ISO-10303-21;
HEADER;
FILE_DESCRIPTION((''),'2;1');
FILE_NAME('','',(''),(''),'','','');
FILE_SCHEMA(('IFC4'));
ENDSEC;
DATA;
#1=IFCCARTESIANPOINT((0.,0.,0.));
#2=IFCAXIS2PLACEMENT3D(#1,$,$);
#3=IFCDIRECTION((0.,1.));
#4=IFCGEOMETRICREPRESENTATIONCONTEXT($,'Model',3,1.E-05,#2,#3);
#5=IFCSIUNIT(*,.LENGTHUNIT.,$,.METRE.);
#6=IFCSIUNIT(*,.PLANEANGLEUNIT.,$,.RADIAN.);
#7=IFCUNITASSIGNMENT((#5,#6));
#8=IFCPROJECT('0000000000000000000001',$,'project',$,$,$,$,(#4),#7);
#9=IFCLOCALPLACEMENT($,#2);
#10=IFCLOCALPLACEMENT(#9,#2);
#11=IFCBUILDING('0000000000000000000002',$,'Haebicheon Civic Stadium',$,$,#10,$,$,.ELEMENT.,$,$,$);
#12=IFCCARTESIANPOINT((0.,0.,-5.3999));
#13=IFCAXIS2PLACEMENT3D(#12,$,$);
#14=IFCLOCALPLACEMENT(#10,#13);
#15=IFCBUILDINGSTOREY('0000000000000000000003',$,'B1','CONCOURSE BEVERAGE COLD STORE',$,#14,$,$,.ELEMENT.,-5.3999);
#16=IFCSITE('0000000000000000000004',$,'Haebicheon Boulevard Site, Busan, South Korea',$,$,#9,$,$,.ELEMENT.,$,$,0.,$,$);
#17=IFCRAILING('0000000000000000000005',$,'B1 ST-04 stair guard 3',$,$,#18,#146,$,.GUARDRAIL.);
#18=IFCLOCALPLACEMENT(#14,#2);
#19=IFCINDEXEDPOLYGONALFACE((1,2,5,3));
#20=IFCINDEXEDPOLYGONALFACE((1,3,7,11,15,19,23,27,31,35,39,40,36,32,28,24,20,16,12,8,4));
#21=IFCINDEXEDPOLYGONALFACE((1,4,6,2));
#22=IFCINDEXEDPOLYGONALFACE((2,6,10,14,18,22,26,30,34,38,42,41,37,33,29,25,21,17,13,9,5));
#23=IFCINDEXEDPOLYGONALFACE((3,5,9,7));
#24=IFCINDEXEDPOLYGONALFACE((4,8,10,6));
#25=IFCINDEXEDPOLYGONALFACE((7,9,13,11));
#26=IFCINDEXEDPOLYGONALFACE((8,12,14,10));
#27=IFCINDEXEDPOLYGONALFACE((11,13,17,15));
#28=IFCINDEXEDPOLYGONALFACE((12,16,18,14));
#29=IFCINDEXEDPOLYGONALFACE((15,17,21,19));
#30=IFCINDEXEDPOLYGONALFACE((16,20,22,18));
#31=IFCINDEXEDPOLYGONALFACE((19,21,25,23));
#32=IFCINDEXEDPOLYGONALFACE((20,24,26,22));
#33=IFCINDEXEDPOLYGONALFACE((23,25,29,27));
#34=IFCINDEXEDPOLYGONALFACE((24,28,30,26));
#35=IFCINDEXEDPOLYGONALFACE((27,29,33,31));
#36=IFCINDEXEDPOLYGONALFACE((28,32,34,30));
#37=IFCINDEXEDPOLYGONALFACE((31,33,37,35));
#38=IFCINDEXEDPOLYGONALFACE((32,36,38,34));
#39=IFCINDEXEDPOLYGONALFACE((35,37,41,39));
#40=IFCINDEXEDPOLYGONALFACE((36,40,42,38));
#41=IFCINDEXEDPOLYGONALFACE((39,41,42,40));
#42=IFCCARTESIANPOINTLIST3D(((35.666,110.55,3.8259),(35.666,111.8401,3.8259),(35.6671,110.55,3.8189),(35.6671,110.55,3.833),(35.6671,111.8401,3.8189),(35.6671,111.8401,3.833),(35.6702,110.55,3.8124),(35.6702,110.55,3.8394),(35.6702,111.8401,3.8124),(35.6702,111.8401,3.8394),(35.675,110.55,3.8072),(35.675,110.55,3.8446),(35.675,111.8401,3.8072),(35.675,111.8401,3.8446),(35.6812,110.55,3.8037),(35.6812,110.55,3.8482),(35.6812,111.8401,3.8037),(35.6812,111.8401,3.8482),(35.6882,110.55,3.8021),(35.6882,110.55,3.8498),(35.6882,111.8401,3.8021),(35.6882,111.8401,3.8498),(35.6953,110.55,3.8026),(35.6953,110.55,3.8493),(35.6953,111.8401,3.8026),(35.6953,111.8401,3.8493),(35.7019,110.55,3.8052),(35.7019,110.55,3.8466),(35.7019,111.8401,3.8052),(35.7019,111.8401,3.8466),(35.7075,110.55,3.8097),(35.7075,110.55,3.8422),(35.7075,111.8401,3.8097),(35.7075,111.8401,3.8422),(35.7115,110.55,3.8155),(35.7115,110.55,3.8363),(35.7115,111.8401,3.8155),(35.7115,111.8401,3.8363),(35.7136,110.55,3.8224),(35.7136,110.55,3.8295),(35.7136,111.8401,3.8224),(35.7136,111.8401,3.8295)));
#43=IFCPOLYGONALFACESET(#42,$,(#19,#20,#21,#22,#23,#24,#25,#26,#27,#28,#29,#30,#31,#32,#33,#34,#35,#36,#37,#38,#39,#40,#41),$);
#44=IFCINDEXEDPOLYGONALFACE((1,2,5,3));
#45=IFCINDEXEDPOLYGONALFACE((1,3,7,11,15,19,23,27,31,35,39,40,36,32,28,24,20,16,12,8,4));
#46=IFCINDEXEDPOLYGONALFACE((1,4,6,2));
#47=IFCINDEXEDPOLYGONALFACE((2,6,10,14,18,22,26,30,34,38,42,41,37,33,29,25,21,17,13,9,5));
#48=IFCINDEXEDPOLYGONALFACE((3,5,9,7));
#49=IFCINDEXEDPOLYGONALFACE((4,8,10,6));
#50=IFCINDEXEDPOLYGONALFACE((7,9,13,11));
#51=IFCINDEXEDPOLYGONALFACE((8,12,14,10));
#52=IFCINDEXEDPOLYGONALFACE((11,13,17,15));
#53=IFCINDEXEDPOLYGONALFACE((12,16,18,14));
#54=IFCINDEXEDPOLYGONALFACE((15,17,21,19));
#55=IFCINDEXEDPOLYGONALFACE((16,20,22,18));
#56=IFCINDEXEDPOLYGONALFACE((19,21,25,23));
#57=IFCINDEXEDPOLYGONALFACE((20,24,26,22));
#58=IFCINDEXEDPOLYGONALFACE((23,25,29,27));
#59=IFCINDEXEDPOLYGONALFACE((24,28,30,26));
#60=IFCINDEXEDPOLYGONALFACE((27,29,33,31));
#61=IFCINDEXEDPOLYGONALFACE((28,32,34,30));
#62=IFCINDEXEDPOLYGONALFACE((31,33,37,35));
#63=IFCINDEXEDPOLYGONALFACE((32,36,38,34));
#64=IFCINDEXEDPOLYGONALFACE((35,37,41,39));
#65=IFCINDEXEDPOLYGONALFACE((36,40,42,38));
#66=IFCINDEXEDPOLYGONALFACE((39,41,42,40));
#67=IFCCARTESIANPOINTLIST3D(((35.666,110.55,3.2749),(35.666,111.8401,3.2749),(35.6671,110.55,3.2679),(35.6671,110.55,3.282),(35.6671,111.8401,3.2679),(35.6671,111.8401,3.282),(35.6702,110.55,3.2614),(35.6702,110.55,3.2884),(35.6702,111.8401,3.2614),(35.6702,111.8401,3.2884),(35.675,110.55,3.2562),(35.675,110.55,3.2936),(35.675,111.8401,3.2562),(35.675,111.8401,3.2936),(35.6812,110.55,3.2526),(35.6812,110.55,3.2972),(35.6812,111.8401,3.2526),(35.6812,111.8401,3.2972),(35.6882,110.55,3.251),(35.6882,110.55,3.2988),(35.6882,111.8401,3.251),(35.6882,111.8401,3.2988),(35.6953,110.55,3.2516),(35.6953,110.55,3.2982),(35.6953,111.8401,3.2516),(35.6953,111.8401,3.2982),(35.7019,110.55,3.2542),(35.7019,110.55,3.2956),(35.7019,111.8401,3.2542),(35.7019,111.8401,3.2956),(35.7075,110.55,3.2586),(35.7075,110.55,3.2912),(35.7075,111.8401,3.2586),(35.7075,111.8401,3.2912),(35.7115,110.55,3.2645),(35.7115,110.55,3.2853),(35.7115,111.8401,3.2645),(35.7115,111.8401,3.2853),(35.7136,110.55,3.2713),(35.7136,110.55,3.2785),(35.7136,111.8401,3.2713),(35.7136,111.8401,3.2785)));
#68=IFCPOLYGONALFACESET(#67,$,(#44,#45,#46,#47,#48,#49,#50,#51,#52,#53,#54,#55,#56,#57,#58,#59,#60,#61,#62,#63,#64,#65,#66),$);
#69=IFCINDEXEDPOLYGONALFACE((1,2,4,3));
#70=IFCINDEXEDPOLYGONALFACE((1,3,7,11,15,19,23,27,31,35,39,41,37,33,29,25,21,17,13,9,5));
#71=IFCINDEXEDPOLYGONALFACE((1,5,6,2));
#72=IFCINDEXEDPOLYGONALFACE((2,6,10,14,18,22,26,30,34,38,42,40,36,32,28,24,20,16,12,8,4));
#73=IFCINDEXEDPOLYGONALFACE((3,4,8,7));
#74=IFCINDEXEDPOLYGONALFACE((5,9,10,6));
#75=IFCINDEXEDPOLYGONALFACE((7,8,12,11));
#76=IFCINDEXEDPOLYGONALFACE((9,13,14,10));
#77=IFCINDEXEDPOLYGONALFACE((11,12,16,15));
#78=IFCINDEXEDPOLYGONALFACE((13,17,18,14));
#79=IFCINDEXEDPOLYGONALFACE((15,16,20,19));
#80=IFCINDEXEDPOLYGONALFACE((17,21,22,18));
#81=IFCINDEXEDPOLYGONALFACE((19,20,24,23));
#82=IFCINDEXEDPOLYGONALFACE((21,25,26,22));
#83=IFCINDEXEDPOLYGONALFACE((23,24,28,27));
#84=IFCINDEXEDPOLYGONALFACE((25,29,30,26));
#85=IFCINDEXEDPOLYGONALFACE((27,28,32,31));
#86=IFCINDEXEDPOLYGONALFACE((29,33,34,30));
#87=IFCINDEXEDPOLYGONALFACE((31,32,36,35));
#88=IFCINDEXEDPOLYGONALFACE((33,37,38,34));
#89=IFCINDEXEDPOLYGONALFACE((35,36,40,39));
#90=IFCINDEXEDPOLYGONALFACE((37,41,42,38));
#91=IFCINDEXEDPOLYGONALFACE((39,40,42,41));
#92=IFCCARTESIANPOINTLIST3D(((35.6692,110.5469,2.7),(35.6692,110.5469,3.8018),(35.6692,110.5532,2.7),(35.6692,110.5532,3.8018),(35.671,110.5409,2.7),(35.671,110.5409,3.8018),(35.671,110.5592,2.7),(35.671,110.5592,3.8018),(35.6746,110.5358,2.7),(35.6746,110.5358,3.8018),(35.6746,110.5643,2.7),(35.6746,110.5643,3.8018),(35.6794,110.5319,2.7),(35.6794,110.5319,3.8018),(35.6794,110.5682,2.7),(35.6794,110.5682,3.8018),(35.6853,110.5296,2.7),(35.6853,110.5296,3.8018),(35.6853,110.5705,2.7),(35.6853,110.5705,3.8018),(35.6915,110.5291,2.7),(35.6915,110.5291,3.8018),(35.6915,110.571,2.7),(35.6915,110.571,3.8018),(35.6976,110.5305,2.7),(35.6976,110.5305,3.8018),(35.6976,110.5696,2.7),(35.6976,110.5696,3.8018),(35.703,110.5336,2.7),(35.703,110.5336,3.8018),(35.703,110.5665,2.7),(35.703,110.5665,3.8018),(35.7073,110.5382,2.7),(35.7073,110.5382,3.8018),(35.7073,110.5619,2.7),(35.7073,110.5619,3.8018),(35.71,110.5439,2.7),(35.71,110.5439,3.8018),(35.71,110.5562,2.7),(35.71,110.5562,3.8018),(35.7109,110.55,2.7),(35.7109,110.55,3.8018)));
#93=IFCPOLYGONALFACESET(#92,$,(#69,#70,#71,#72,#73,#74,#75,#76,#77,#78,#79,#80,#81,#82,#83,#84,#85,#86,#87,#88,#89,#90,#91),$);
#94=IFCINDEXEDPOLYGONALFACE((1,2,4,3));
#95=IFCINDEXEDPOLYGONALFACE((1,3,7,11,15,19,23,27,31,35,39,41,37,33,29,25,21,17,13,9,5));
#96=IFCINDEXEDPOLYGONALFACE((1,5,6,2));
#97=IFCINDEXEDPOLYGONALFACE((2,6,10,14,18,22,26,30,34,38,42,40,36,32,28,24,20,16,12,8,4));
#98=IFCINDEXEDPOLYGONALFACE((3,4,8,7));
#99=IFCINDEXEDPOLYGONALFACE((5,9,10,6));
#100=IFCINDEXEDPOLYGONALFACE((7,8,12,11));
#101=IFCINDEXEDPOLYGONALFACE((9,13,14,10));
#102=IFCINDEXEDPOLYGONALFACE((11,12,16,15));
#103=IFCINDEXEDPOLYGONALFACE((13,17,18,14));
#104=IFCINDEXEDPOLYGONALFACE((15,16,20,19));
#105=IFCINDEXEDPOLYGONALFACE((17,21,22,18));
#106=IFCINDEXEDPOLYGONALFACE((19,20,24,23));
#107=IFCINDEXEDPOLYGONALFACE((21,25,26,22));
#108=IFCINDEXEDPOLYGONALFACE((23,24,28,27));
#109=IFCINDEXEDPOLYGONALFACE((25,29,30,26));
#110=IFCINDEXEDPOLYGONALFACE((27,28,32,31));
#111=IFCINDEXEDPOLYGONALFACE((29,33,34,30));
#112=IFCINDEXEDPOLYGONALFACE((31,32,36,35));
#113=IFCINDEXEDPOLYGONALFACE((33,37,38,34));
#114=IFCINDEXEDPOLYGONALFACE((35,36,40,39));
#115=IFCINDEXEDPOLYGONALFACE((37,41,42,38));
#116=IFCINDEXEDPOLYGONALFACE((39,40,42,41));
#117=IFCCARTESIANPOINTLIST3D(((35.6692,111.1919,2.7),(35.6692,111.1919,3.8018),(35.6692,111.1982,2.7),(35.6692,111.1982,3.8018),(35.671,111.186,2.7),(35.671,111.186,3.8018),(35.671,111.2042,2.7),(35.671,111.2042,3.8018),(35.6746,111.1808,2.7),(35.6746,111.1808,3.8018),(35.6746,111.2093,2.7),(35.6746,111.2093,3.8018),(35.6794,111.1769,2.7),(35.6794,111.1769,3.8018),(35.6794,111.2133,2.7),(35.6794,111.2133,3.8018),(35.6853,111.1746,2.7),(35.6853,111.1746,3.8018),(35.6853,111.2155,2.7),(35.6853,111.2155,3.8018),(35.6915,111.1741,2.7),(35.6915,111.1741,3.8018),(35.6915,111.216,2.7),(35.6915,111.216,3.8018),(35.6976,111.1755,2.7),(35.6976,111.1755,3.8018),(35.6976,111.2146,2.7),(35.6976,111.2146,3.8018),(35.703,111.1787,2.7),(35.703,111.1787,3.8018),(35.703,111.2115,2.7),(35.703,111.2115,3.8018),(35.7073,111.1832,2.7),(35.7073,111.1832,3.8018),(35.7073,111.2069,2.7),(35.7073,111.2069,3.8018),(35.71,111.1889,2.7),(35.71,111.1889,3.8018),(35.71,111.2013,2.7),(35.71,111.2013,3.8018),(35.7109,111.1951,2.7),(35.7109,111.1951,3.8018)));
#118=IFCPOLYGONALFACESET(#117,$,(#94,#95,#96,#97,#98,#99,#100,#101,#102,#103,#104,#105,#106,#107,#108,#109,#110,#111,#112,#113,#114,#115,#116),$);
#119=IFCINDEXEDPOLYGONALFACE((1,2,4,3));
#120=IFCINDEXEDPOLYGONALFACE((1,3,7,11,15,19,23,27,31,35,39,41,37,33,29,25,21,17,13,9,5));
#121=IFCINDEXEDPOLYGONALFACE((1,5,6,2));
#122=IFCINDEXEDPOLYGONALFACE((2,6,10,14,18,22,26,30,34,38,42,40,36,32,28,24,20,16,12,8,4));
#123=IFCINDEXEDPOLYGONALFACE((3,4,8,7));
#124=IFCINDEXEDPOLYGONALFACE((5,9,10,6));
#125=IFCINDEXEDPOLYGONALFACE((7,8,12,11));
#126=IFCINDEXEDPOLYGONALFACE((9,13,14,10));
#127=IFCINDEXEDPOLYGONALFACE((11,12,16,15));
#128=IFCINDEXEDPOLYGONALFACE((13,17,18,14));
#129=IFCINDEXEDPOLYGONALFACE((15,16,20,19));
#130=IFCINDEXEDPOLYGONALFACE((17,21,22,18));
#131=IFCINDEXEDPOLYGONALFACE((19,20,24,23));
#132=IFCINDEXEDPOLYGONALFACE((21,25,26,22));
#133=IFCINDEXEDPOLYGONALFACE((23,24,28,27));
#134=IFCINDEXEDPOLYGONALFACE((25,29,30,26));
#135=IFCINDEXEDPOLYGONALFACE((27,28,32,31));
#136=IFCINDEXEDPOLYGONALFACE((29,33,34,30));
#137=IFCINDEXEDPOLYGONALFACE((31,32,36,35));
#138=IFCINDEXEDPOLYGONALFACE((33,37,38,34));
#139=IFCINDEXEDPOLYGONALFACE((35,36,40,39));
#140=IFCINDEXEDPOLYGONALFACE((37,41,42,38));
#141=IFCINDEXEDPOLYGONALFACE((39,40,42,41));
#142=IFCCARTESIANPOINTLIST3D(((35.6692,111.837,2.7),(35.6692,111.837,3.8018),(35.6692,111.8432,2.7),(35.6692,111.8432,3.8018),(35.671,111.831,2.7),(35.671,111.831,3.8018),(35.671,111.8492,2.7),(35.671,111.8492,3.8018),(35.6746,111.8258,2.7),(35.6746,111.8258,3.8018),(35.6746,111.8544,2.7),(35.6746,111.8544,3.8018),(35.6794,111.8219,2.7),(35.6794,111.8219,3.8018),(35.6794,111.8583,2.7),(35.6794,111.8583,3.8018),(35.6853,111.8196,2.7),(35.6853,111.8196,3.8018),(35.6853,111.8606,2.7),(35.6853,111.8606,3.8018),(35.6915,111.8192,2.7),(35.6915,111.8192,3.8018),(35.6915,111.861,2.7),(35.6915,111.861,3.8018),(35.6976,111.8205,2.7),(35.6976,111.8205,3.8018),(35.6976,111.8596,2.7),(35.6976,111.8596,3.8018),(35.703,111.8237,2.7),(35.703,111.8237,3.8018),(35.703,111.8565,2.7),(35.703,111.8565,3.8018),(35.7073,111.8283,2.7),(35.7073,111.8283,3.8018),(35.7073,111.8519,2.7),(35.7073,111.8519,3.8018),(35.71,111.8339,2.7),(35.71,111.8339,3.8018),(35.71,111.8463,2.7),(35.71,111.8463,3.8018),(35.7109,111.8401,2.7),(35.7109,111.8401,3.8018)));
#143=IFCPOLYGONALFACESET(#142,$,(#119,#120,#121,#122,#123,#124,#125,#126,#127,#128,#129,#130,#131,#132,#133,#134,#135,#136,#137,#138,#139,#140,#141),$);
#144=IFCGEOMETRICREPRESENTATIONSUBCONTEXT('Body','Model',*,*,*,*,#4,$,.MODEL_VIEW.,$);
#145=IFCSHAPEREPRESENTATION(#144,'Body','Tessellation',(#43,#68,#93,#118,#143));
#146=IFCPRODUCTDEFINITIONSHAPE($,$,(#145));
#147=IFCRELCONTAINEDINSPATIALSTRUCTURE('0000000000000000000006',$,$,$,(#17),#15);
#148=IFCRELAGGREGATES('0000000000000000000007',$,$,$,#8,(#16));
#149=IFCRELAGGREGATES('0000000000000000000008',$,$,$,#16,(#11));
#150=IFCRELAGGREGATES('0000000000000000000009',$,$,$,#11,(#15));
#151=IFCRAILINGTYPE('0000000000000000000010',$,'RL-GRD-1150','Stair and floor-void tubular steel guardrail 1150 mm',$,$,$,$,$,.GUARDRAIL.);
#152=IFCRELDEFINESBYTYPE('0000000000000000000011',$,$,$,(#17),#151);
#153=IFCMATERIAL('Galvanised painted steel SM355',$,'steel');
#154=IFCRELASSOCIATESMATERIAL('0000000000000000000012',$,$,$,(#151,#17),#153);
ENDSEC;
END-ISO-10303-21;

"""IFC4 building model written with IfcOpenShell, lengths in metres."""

from ifc_helpers import new_model, si_unit, direction, frame, origin, origin_2d, place, context, subcontext, project, spatial, circle, extrude, material, type_object, element, save


model = new_model("IFC4")

# Units and contexts
model_context = context("Model", 3, precision=1e-05, world=origin(), true_north=direction((0.0, 1.0)))
body_context = subcontext(model_context, "Body", "Model", "MODEL_VIEW")
ifc_project = project(units=[si_unit("LENGTHUNIT", "METRE"), si_unit("PLANEANGLEUNIT", "RADIAN")], contexts=[model_context])

# Site, building, storey
site_placement = place(None, origin())
site = spatial("IfcSite", under=ifc_project, at=site_placement, Name="Haebicheon Boulevard Site, Busan, South Korea", CompositionType="ELEMENT", RefElevation=0.0)
building_placement = place(site_placement, origin())
building = spatial("IfcBuilding", under=site, at=building_placement, Name="Haebicheon Civic Stadium", CompositionType="ELEMENT")
storey_placement = place(building_placement, frame((0.0, 0.0, -5.3999)))
storey = spatial("IfcBuildingStorey", under=building, at=storey_placement, Name="B1", Description="CONCOURSE BEVERAGE COLD STORE", CompositionType="ELEMENT", Elevation=-5.3999)

# Railing
ifc_material_1 = material(Name="Galvanised painted steel SM355", Category="steel")
railing_type_1 = type_object("IfcRailingType", Name="RL-GRD-1150", Description="Stair and floor-void tubular steel guardrail 1150 mm", PredefinedType="GUARDRAIL", material=ifc_material_1)
for number, where, name in (
    (1, (35.6899, 110.55, 2.7), "B1 ST-04 stair guard 3"),
):
    element("IfcRailing", number, at=place(storey_placement, frame(where)), inside=storey, type_object=railing_type_1, material=ifc_material_1, Name=name, PredefinedType="GUARDRAIL", context=body_context, shape_type="SweptSolid", body=[
        extrude(circle(Radius=0.0239, at=origin_2d()), frame((0.0, 0.0, 1.126), z_axis=(0.0, 1.0, 0.0), x_axis=(-1.0, 0.0, 0.0)), (0.0, 0.0, 1.0), 1.29),
        extrude(circle(Radius=0.0239, at=origin_2d()), frame((0.0, 0.0, 0.575), z_axis=(0.0, 1.0, 0.0), x_axis=(-1.0, 0.0, 0.0)), (0.0, 0.0, 1.0), 1.29),
        extrude(circle(Radius=0.021, at=origin_2d()), origin(), (0.0, 0.0, 1.0), 1.1018),
        extrude(circle(Radius=0.021, at=origin_2d()), frame((0.0, 0.645, 0.0)), (0.0, 0.0, 1.0), 1.1018),
        extrude(circle(Radius=0.021, at=origin_2d()), frame((0.0, 1.29, 0.0)), (0.0, 0.0, 1.0), 1.1018),
    ])

save(model, "model.ifc")
